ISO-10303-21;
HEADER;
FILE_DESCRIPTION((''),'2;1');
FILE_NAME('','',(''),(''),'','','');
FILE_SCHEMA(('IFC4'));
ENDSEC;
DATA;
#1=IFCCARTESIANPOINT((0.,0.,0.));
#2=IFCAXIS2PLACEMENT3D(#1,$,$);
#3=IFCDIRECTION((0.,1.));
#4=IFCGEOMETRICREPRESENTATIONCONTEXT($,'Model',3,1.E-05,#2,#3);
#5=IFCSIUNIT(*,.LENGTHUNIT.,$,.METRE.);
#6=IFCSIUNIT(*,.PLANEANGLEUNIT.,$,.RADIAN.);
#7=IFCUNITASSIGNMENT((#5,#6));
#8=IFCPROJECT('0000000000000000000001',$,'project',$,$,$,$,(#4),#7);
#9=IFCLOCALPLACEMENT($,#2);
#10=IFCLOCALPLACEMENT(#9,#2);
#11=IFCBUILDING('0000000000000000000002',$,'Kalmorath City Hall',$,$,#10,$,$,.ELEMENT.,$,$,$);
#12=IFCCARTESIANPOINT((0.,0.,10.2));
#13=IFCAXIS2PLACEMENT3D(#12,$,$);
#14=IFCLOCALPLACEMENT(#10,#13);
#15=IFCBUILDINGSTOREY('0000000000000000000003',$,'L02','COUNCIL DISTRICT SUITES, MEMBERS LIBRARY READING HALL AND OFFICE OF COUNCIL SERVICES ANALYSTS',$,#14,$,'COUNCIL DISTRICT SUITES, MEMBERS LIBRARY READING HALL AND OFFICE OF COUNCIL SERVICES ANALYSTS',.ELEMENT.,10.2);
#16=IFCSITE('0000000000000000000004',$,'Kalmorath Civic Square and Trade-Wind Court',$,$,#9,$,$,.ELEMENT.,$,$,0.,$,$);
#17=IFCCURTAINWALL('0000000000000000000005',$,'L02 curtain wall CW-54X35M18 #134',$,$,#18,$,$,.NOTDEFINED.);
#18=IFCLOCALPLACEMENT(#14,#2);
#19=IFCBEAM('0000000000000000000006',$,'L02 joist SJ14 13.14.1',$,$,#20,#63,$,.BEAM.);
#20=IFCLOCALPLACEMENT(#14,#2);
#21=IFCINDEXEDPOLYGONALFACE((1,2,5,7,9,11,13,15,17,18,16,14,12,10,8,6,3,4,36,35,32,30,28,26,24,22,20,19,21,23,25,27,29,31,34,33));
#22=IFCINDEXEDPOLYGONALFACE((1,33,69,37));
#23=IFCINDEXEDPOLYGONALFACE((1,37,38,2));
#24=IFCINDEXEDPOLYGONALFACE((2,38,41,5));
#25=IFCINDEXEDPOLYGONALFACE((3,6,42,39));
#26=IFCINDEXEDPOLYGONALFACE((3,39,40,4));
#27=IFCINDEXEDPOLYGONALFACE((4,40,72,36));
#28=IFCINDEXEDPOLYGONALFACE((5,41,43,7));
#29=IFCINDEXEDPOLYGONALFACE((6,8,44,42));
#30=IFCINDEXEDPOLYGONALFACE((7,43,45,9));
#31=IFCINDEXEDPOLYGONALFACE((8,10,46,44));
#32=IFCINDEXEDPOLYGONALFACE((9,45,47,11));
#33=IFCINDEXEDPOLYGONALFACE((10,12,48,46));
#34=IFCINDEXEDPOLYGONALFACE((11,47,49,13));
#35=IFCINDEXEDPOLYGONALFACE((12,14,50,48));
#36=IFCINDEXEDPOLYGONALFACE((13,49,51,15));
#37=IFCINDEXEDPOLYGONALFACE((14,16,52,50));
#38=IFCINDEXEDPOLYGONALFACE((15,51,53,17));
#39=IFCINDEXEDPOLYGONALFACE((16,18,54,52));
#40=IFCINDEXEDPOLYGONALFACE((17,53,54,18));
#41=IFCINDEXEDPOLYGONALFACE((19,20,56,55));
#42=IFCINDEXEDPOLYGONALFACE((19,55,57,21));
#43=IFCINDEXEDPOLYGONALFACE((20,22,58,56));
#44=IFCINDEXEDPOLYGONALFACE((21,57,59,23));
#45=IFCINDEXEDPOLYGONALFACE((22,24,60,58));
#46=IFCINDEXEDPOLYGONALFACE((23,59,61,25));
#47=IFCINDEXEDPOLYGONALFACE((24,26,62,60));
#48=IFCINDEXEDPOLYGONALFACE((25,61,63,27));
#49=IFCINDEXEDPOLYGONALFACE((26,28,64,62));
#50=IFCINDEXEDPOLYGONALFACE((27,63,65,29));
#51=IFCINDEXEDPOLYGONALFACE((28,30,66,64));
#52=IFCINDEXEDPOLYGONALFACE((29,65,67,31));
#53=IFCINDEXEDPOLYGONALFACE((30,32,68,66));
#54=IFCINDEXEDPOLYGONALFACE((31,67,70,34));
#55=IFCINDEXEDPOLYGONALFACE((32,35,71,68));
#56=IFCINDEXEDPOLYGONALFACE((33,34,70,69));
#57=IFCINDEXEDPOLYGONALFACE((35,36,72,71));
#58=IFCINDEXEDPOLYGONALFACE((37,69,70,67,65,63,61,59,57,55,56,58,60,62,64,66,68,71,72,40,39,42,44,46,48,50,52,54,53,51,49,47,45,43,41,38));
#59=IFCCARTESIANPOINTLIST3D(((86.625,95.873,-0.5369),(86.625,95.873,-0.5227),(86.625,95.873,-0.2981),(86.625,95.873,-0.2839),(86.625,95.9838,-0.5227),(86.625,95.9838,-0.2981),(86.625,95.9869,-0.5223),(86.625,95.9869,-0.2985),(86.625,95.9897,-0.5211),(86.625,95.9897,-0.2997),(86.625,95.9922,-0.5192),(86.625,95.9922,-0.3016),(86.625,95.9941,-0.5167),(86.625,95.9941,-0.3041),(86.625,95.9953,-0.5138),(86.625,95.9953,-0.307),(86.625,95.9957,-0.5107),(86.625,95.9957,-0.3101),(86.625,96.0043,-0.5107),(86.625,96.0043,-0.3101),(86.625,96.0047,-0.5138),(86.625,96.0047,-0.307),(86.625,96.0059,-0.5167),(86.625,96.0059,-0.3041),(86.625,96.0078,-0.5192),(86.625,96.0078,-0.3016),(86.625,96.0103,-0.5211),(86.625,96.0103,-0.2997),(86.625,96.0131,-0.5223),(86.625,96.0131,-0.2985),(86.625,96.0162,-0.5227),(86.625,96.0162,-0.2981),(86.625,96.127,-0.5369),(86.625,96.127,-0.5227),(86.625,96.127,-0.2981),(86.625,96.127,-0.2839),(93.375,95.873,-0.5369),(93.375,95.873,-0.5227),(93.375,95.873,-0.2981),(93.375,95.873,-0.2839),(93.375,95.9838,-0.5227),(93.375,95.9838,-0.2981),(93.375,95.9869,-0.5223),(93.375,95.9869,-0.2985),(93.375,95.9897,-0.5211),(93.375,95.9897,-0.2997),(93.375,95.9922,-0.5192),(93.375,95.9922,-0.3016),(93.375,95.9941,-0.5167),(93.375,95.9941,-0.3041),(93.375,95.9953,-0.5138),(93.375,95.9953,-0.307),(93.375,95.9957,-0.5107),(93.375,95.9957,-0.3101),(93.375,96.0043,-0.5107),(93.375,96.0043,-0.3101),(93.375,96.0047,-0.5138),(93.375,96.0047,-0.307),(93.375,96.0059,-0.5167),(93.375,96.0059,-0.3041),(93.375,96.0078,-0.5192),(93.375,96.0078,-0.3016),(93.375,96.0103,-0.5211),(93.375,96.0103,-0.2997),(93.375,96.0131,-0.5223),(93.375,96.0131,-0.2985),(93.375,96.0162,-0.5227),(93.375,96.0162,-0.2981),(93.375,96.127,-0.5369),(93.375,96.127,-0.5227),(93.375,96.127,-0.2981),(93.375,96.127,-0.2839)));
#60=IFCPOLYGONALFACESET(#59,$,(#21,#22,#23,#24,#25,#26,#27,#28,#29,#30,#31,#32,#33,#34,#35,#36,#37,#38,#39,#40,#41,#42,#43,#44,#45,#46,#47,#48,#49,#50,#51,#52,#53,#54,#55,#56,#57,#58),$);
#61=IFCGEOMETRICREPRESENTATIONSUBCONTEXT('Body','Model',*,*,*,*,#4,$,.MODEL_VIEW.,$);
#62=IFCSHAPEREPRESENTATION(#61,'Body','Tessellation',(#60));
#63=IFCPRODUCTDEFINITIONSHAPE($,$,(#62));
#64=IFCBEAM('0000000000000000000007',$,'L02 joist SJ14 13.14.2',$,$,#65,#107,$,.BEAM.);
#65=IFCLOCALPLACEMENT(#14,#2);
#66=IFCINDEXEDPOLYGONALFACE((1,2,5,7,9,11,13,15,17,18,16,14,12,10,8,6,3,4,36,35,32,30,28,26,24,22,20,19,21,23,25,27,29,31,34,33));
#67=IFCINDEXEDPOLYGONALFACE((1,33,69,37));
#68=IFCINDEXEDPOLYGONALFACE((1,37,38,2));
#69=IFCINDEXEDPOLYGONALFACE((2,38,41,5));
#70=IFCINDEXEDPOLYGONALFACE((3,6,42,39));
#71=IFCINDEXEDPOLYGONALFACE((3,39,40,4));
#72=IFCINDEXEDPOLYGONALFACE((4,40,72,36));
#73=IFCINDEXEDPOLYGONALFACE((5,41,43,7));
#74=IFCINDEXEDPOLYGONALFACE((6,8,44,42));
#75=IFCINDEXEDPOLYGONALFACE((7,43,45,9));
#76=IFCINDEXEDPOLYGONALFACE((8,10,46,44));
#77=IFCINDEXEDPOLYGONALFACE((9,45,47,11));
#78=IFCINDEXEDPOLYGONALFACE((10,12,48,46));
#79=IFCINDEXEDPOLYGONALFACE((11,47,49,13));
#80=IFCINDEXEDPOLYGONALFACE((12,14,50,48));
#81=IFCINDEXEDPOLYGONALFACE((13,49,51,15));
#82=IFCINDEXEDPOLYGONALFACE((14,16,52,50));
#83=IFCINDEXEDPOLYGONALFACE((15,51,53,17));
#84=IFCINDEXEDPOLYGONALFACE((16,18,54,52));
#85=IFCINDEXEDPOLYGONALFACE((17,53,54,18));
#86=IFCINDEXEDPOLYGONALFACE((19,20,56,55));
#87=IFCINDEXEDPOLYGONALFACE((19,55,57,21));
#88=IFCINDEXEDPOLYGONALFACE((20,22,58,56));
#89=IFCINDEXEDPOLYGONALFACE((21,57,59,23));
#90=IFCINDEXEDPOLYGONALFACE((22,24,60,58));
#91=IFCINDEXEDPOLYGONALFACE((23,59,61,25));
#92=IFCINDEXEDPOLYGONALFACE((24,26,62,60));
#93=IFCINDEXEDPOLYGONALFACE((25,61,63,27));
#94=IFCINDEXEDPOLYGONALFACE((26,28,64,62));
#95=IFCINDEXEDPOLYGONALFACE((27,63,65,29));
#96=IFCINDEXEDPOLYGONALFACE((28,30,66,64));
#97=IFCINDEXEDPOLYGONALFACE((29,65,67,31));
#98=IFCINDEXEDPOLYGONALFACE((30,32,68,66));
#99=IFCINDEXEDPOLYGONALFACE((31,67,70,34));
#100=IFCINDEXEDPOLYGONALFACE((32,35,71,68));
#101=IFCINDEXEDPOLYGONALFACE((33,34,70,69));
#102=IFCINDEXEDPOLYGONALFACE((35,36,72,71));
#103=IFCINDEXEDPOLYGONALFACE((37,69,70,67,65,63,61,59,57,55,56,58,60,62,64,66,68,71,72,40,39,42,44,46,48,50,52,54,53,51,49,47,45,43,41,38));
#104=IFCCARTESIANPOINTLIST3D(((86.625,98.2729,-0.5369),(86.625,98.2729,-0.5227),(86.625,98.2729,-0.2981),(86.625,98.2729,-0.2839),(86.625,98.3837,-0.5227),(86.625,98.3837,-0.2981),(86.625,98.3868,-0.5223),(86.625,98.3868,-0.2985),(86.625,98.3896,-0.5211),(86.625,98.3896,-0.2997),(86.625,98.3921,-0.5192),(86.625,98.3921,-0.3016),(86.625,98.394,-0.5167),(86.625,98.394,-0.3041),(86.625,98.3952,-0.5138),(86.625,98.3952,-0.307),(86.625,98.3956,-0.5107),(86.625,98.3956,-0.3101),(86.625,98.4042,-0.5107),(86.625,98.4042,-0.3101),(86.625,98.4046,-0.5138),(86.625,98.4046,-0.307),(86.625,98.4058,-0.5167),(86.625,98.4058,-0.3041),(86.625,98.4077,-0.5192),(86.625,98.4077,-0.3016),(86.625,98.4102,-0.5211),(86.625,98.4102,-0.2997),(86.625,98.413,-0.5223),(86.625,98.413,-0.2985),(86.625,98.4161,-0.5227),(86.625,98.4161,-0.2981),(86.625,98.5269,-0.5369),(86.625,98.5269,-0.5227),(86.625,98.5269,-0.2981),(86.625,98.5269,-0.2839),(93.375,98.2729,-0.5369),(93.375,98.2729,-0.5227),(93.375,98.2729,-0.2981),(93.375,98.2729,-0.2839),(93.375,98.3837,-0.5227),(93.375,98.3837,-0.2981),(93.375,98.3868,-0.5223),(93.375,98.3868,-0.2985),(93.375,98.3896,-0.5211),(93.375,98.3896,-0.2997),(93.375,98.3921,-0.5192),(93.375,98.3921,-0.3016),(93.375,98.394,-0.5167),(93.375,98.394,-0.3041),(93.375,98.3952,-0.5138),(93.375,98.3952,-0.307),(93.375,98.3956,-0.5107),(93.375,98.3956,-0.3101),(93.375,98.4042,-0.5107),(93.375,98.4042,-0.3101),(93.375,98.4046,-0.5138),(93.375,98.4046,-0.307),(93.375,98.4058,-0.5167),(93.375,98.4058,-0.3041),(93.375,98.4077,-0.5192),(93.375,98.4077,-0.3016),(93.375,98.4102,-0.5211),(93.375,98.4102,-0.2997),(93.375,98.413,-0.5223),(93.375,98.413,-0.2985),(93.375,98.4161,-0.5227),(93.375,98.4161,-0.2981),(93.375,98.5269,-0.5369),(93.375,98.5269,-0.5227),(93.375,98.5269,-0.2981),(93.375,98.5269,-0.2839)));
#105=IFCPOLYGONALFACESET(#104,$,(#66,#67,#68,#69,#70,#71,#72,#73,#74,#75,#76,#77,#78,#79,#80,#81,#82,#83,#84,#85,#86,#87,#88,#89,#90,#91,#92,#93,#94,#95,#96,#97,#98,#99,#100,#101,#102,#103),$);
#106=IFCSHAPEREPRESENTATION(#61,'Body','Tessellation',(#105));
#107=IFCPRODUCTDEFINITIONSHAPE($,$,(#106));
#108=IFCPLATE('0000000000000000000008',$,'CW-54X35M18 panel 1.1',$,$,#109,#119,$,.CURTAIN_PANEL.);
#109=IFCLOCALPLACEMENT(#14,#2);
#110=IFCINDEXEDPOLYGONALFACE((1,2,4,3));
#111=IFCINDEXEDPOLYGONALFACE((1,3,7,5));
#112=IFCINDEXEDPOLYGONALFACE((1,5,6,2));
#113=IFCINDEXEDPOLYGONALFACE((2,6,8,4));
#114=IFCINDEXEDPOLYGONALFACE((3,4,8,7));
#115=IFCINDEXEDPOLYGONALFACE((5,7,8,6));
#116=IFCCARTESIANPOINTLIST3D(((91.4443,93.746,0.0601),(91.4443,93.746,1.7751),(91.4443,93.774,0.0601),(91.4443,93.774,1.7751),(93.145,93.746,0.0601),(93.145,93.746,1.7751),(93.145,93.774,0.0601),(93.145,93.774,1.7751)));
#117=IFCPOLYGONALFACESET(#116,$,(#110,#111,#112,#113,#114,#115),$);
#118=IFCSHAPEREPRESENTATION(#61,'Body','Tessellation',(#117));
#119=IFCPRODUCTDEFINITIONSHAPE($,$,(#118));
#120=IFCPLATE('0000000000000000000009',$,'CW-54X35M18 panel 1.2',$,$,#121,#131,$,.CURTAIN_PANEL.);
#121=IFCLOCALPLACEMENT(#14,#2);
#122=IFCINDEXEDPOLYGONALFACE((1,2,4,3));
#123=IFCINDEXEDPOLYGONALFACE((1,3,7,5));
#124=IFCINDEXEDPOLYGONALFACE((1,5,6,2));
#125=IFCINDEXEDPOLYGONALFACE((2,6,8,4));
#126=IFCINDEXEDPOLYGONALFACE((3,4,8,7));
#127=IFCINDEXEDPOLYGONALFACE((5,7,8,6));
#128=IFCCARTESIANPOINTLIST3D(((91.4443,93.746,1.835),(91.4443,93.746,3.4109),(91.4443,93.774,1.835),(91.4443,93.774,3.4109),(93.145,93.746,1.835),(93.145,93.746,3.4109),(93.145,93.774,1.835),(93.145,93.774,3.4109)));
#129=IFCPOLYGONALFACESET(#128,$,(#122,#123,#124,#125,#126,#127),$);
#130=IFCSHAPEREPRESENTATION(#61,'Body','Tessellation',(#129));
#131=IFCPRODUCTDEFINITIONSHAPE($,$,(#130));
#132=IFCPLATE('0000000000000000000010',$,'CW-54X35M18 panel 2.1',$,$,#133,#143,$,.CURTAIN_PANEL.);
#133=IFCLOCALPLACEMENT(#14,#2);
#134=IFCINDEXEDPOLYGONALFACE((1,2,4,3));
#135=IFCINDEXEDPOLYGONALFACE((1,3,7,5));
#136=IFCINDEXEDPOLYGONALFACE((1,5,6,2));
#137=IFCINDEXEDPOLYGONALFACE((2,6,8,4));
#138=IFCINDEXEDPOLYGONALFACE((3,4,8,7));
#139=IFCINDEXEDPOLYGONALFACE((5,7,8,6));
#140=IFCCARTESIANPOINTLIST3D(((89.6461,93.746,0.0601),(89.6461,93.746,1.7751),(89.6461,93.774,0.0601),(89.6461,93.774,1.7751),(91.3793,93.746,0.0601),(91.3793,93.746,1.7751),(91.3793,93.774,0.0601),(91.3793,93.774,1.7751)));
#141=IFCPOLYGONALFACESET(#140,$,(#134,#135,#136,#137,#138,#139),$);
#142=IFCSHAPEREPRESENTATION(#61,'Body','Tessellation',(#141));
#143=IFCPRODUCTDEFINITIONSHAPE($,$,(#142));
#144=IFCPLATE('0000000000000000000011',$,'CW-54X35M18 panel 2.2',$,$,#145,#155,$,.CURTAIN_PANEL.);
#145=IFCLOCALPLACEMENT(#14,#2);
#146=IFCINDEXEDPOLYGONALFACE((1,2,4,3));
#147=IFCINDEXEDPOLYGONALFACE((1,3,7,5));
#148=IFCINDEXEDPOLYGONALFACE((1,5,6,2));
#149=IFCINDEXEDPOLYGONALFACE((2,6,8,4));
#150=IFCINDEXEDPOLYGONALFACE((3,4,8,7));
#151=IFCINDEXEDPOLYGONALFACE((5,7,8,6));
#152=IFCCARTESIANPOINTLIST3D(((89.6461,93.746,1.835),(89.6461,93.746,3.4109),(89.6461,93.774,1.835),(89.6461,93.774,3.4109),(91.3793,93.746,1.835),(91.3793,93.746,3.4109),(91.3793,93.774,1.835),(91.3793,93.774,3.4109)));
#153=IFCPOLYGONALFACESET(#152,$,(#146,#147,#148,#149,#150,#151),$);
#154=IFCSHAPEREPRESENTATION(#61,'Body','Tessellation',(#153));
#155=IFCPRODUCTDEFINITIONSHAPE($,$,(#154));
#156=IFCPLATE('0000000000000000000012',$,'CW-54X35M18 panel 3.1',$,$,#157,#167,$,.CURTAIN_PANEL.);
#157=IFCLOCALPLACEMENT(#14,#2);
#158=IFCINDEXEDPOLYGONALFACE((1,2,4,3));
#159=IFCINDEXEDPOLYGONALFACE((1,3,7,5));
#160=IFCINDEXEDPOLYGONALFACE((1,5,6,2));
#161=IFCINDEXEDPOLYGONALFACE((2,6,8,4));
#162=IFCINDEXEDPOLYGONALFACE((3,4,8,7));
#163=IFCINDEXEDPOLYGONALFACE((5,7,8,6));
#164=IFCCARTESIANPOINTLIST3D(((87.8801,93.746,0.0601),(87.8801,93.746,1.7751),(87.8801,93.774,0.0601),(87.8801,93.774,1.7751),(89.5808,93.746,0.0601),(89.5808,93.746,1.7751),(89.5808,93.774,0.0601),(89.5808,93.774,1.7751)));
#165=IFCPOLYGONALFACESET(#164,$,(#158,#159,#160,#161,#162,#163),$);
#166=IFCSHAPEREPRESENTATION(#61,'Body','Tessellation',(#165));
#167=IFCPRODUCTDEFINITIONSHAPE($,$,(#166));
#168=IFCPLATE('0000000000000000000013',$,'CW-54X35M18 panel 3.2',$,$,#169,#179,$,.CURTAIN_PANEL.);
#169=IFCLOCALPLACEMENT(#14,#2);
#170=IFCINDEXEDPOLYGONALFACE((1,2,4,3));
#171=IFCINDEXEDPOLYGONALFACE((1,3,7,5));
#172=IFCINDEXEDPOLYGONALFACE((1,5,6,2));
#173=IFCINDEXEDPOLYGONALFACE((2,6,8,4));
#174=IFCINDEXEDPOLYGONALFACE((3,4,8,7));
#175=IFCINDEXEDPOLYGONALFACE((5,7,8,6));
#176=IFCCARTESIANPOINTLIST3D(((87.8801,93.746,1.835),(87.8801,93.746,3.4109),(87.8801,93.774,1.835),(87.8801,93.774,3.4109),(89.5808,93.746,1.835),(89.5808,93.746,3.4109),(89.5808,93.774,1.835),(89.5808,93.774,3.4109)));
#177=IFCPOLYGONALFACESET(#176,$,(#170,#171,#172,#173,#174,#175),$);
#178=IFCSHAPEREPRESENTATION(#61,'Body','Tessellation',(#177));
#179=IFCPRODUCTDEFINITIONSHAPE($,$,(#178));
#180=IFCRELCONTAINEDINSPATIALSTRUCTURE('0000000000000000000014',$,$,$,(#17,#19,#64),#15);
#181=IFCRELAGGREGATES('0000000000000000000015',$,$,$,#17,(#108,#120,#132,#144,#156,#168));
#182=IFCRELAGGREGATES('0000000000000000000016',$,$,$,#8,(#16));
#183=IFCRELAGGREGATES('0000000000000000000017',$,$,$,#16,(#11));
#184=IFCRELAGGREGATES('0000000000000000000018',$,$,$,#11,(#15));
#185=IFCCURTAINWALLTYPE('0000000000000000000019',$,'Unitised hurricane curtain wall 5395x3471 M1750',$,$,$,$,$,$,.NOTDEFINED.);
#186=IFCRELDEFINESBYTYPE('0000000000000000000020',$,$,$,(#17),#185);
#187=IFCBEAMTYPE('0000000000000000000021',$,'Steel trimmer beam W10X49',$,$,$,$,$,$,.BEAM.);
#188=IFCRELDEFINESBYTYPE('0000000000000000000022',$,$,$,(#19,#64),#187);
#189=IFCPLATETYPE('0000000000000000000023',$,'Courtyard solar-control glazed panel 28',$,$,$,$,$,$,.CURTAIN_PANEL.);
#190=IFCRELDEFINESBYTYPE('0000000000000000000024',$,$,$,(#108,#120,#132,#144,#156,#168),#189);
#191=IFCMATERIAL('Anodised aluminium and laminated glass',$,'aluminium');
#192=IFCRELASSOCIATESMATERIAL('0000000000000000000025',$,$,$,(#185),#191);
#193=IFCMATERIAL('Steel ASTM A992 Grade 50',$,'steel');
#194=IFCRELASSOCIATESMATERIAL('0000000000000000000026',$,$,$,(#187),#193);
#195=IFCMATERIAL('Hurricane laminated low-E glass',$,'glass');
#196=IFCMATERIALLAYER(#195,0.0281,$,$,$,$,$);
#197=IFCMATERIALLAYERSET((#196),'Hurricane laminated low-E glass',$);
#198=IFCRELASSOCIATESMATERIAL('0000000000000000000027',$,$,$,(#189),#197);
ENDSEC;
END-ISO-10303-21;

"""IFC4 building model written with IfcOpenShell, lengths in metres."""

from ifc_helpers import new_model, si_unit, direction, frame, origin, origin_2d, place, context, subcontext, project, spatial, rectangle, i_section, extrude, material, layer, layer_set, material_profile, profile_set, type_object, element, aggregate, save


model = new_model("IFC4")

# Units and contexts
model_context = context("Model", 3, precision=1e-05, world=origin(), true_north=direction((0.0, 1.0)))
body_context = subcontext(model_context, "Body", "Model", "MODEL_VIEW")
ifc_project = project(units=[si_unit("LENGTHUNIT", "METRE"), si_unit("PLANEANGLEUNIT", "RADIAN")], contexts=[model_context])

# Site, building, storey
site_placement = place(None, origin())
site = spatial("IfcSite", under=ifc_project, at=site_placement, Name="Kalmorath Civic Square and Trade-Wind Court", CompositionType="ELEMENT", RefElevation=0.0)
building_placement = place(site_placement, origin())
building = spatial("IfcBuilding", under=site, at=building_placement, Name="Kalmorath City Hall", CompositionType="ELEMENT")
storey_placement = place(building_placement, frame((0.0, 0.0, 10.2)))
storey = spatial("IfcBuildingStorey", under=building, at=storey_placement, Name="L02", Description="COUNCIL DISTRICT SUITES, MEMBERS LIBRARY READING HALL AND OFFICE OF COUNCIL SERVICES ANALYSTS", LongName="COUNCIL DISTRICT SUITES, MEMBERS LIBRARY READING HALL AND OFFICE OF COUNCIL SERVICES ANALYSTS", CompositionType="ELEMENT", Elevation=10.2)

# Curtain wall
ifc_material_1 = material(Name="Anodised aluminium and laminated glass", Category="aluminium")
curtain_wall_type = type_object("IfcCurtainWallType", Name="Unitised hurricane curtain wall 5395x3471 M1750", PredefinedType="NOTDEFINED", material=ifc_material_1)
curtain_wall_placement = place(storey_placement, origin())
curtain_wall = element("IfcCurtainWall", 1, at=curtain_wall_placement, inside=storey, type_object=curtain_wall_type, Name="L02 curtain wall CW-54X35M18 #134", PredefinedType="NOTDEFINED")

# Beams
ifc_material_2 = material(Name="Steel ASTM A992 Grade 50", Category="steel")
ifc_material_profile_1 = material_profile(ifc_material_2, i_section(OverallWidth=0.2539, OverallDepth=0.2529, WebThickness=0.0085, FlangeThickness=0.0142, FilletRadius=0.012, at=origin_2d()), Name="W10X49")
ifc_profile_set_1 = profile_set([ifc_material_profile_1], Name="Steel ASTM A992 Grade 50")
beam_type_1 = type_object("IfcBeamType", Name="Steel trimmer beam W10X49", PredefinedType="BEAM", material=ifc_profile_set_1)
for number, where, z_axis, x_axis, name in (
    (2, (86.625, 96.0, -0.4104), (1.0, 0.0, 0.0), (0.0, 1.0, 0.0), "L02 joist SJ14 13.14.1"),
    (3, (86.625, 98.3999, -0.4104), (1.0, 0.0, 0.0), (0.0, 1.0, 0.0), "L02 joist SJ14 13.14.2"),
):
    element("IfcBeam", number, at=place(storey_placement, frame(where, z_axis=z_axis, x_axis=x_axis)), inside=storey, type_object=beam_type_1, Name=name, PredefinedType="BEAM", context=body_context, shape_type="SweptSolid", body=[
        extrude(i_section(OverallWidth=0.2539, OverallDepth=0.2529, WebThickness=0.0085, FlangeThickness=0.0142, FilletRadius=0.012, at=origin_2d()), origin(), (0.0, 0.0, 1.0), 6.75),
    ])

# Plates
ifc_material_3 = material(Name="Hurricane laminated low-E glass", Category="glass")
ifc_layer = layer(ifc_material_3, 0.0281)
ifc_layer_set = layer_set([ifc_layer], Name="Hurricane laminated low-E glass")
plate_type = type_object("IfcPlateType", Name="Courtyard solar-control glazed panel 28", PredefinedType="CURTAIN_PANEL", material=ifc_layer_set)
plate_1_placement = place(storey_placement, frame((92.2947, 93.76, 0.0601), z_axis=(0.0, 0.0, 1.0), x_axis=(-1.0, 0.0, 0.0)))
plate_1 = element("IfcPlate", 4, at=plate_1_placement, type_object=plate_type, Name="CW-54X35M18 panel 1.1", PredefinedType="CURTAIN_PANEL", context=body_context, shape_type="SweptSolid", body=[
    extrude(rectangle(XDim=1.7007, YDim=0.0281, at=origin_2d()), origin(), (0.0, 0.0, 1.0), 1.7151),
])
plate_2_placement = place(storey_placement, frame((92.2947, 93.76, 1.835), z_axis=(0.0, 0.0, 1.0), x_axis=(-1.0, 0.0, 0.0)))
plate_2 = element("IfcPlate", 5, at=plate_2_placement, type_object=plate_type, Name="CW-54X35M18 panel 1.2", PredefinedType="CURTAIN_PANEL", context=body_context, shape_type="SweptSolid", body=[
    extrude(rectangle(XDim=1.7007, YDim=0.0281, at=origin_2d()), origin(), (0.0, 0.0, 1.0), 1.5759),
])
plate_3_placement = place(storey_placement, frame((90.5127, 93.76, 0.0601), z_axis=(0.0, 0.0, 1.0), x_axis=(-1.0, 0.0, 0.0)))
plate_3 = element("IfcPlate", 6, at=plate_3_placement, type_object=plate_type, Name="CW-54X35M18 panel 2.1", PredefinedType="CURTAIN_PANEL", context=body_context, shape_type="SweptSolid", body=[
    extrude(rectangle(XDim=1.7332, YDim=0.0281, at=origin_2d()), origin(), (0.0, 0.0, 1.0), 1.7151),
])
plate_4_placement = place(storey_placement, frame((90.5127, 93.76, 1.835), z_axis=(0.0, 0.0, 1.0), x_axis=(-1.0, 0.0, 0.0)))
plate_4 = element("IfcPlate", 7, at=plate_4_placement, type_object=plate_type, Name="CW-54X35M18 panel 2.2", PredefinedType="CURTAIN_PANEL", context=body_context, shape_type="SweptSolid", body=[
    extrude(rectangle(XDim=1.7332, YDim=0.0281, at=origin_2d()), origin(), (0.0, 0.0, 1.0), 1.5759),
])
plate_5_placement = place(storey_placement, frame((88.7305, 93.76, 0.0601), z_axis=(0.0, 0.0, 1.0), x_axis=(-1.0, 0.0, 0.0)))
plate_5 = element("IfcPlate", 8, at=plate_5_placement, type_object=plate_type, Name="CW-54X35M18 panel 3.1", PredefinedType="CURTAIN_PANEL", context=body_context, shape_type="SweptSolid", body=[
    extrude(rectangle(XDim=1.7007, YDim=0.0281, at=origin_2d()), origin(), (0.0, 0.0, 1.0), 1.7151),
])
plate_6_placement = place(storey_placement, frame((88.7305, 93.76, 1.835), z_axis=(0.0, 0.0, 1.0), x_axis=(-1.0, 0.0, 0.0)))
plate_6 = element("IfcPlate", 9, at=plate_6_placement, type_object=plate_type, Name="CW-54X35M18 panel 3.2", PredefinedType="CURTAIN_PANEL", context=body_context, shape_type="SweptSolid", body=[
    extrude(rectangle(XDim=1.7007, YDim=0.0281, at=origin_2d()), origin(), (0.0, 0.0, 1.0), 1.5759),
])
aggregate(curtain_wall, [plate_1, plate_2, plate_3, plate_4, plate_5, plate_6])

save(model, "model.ifc")
